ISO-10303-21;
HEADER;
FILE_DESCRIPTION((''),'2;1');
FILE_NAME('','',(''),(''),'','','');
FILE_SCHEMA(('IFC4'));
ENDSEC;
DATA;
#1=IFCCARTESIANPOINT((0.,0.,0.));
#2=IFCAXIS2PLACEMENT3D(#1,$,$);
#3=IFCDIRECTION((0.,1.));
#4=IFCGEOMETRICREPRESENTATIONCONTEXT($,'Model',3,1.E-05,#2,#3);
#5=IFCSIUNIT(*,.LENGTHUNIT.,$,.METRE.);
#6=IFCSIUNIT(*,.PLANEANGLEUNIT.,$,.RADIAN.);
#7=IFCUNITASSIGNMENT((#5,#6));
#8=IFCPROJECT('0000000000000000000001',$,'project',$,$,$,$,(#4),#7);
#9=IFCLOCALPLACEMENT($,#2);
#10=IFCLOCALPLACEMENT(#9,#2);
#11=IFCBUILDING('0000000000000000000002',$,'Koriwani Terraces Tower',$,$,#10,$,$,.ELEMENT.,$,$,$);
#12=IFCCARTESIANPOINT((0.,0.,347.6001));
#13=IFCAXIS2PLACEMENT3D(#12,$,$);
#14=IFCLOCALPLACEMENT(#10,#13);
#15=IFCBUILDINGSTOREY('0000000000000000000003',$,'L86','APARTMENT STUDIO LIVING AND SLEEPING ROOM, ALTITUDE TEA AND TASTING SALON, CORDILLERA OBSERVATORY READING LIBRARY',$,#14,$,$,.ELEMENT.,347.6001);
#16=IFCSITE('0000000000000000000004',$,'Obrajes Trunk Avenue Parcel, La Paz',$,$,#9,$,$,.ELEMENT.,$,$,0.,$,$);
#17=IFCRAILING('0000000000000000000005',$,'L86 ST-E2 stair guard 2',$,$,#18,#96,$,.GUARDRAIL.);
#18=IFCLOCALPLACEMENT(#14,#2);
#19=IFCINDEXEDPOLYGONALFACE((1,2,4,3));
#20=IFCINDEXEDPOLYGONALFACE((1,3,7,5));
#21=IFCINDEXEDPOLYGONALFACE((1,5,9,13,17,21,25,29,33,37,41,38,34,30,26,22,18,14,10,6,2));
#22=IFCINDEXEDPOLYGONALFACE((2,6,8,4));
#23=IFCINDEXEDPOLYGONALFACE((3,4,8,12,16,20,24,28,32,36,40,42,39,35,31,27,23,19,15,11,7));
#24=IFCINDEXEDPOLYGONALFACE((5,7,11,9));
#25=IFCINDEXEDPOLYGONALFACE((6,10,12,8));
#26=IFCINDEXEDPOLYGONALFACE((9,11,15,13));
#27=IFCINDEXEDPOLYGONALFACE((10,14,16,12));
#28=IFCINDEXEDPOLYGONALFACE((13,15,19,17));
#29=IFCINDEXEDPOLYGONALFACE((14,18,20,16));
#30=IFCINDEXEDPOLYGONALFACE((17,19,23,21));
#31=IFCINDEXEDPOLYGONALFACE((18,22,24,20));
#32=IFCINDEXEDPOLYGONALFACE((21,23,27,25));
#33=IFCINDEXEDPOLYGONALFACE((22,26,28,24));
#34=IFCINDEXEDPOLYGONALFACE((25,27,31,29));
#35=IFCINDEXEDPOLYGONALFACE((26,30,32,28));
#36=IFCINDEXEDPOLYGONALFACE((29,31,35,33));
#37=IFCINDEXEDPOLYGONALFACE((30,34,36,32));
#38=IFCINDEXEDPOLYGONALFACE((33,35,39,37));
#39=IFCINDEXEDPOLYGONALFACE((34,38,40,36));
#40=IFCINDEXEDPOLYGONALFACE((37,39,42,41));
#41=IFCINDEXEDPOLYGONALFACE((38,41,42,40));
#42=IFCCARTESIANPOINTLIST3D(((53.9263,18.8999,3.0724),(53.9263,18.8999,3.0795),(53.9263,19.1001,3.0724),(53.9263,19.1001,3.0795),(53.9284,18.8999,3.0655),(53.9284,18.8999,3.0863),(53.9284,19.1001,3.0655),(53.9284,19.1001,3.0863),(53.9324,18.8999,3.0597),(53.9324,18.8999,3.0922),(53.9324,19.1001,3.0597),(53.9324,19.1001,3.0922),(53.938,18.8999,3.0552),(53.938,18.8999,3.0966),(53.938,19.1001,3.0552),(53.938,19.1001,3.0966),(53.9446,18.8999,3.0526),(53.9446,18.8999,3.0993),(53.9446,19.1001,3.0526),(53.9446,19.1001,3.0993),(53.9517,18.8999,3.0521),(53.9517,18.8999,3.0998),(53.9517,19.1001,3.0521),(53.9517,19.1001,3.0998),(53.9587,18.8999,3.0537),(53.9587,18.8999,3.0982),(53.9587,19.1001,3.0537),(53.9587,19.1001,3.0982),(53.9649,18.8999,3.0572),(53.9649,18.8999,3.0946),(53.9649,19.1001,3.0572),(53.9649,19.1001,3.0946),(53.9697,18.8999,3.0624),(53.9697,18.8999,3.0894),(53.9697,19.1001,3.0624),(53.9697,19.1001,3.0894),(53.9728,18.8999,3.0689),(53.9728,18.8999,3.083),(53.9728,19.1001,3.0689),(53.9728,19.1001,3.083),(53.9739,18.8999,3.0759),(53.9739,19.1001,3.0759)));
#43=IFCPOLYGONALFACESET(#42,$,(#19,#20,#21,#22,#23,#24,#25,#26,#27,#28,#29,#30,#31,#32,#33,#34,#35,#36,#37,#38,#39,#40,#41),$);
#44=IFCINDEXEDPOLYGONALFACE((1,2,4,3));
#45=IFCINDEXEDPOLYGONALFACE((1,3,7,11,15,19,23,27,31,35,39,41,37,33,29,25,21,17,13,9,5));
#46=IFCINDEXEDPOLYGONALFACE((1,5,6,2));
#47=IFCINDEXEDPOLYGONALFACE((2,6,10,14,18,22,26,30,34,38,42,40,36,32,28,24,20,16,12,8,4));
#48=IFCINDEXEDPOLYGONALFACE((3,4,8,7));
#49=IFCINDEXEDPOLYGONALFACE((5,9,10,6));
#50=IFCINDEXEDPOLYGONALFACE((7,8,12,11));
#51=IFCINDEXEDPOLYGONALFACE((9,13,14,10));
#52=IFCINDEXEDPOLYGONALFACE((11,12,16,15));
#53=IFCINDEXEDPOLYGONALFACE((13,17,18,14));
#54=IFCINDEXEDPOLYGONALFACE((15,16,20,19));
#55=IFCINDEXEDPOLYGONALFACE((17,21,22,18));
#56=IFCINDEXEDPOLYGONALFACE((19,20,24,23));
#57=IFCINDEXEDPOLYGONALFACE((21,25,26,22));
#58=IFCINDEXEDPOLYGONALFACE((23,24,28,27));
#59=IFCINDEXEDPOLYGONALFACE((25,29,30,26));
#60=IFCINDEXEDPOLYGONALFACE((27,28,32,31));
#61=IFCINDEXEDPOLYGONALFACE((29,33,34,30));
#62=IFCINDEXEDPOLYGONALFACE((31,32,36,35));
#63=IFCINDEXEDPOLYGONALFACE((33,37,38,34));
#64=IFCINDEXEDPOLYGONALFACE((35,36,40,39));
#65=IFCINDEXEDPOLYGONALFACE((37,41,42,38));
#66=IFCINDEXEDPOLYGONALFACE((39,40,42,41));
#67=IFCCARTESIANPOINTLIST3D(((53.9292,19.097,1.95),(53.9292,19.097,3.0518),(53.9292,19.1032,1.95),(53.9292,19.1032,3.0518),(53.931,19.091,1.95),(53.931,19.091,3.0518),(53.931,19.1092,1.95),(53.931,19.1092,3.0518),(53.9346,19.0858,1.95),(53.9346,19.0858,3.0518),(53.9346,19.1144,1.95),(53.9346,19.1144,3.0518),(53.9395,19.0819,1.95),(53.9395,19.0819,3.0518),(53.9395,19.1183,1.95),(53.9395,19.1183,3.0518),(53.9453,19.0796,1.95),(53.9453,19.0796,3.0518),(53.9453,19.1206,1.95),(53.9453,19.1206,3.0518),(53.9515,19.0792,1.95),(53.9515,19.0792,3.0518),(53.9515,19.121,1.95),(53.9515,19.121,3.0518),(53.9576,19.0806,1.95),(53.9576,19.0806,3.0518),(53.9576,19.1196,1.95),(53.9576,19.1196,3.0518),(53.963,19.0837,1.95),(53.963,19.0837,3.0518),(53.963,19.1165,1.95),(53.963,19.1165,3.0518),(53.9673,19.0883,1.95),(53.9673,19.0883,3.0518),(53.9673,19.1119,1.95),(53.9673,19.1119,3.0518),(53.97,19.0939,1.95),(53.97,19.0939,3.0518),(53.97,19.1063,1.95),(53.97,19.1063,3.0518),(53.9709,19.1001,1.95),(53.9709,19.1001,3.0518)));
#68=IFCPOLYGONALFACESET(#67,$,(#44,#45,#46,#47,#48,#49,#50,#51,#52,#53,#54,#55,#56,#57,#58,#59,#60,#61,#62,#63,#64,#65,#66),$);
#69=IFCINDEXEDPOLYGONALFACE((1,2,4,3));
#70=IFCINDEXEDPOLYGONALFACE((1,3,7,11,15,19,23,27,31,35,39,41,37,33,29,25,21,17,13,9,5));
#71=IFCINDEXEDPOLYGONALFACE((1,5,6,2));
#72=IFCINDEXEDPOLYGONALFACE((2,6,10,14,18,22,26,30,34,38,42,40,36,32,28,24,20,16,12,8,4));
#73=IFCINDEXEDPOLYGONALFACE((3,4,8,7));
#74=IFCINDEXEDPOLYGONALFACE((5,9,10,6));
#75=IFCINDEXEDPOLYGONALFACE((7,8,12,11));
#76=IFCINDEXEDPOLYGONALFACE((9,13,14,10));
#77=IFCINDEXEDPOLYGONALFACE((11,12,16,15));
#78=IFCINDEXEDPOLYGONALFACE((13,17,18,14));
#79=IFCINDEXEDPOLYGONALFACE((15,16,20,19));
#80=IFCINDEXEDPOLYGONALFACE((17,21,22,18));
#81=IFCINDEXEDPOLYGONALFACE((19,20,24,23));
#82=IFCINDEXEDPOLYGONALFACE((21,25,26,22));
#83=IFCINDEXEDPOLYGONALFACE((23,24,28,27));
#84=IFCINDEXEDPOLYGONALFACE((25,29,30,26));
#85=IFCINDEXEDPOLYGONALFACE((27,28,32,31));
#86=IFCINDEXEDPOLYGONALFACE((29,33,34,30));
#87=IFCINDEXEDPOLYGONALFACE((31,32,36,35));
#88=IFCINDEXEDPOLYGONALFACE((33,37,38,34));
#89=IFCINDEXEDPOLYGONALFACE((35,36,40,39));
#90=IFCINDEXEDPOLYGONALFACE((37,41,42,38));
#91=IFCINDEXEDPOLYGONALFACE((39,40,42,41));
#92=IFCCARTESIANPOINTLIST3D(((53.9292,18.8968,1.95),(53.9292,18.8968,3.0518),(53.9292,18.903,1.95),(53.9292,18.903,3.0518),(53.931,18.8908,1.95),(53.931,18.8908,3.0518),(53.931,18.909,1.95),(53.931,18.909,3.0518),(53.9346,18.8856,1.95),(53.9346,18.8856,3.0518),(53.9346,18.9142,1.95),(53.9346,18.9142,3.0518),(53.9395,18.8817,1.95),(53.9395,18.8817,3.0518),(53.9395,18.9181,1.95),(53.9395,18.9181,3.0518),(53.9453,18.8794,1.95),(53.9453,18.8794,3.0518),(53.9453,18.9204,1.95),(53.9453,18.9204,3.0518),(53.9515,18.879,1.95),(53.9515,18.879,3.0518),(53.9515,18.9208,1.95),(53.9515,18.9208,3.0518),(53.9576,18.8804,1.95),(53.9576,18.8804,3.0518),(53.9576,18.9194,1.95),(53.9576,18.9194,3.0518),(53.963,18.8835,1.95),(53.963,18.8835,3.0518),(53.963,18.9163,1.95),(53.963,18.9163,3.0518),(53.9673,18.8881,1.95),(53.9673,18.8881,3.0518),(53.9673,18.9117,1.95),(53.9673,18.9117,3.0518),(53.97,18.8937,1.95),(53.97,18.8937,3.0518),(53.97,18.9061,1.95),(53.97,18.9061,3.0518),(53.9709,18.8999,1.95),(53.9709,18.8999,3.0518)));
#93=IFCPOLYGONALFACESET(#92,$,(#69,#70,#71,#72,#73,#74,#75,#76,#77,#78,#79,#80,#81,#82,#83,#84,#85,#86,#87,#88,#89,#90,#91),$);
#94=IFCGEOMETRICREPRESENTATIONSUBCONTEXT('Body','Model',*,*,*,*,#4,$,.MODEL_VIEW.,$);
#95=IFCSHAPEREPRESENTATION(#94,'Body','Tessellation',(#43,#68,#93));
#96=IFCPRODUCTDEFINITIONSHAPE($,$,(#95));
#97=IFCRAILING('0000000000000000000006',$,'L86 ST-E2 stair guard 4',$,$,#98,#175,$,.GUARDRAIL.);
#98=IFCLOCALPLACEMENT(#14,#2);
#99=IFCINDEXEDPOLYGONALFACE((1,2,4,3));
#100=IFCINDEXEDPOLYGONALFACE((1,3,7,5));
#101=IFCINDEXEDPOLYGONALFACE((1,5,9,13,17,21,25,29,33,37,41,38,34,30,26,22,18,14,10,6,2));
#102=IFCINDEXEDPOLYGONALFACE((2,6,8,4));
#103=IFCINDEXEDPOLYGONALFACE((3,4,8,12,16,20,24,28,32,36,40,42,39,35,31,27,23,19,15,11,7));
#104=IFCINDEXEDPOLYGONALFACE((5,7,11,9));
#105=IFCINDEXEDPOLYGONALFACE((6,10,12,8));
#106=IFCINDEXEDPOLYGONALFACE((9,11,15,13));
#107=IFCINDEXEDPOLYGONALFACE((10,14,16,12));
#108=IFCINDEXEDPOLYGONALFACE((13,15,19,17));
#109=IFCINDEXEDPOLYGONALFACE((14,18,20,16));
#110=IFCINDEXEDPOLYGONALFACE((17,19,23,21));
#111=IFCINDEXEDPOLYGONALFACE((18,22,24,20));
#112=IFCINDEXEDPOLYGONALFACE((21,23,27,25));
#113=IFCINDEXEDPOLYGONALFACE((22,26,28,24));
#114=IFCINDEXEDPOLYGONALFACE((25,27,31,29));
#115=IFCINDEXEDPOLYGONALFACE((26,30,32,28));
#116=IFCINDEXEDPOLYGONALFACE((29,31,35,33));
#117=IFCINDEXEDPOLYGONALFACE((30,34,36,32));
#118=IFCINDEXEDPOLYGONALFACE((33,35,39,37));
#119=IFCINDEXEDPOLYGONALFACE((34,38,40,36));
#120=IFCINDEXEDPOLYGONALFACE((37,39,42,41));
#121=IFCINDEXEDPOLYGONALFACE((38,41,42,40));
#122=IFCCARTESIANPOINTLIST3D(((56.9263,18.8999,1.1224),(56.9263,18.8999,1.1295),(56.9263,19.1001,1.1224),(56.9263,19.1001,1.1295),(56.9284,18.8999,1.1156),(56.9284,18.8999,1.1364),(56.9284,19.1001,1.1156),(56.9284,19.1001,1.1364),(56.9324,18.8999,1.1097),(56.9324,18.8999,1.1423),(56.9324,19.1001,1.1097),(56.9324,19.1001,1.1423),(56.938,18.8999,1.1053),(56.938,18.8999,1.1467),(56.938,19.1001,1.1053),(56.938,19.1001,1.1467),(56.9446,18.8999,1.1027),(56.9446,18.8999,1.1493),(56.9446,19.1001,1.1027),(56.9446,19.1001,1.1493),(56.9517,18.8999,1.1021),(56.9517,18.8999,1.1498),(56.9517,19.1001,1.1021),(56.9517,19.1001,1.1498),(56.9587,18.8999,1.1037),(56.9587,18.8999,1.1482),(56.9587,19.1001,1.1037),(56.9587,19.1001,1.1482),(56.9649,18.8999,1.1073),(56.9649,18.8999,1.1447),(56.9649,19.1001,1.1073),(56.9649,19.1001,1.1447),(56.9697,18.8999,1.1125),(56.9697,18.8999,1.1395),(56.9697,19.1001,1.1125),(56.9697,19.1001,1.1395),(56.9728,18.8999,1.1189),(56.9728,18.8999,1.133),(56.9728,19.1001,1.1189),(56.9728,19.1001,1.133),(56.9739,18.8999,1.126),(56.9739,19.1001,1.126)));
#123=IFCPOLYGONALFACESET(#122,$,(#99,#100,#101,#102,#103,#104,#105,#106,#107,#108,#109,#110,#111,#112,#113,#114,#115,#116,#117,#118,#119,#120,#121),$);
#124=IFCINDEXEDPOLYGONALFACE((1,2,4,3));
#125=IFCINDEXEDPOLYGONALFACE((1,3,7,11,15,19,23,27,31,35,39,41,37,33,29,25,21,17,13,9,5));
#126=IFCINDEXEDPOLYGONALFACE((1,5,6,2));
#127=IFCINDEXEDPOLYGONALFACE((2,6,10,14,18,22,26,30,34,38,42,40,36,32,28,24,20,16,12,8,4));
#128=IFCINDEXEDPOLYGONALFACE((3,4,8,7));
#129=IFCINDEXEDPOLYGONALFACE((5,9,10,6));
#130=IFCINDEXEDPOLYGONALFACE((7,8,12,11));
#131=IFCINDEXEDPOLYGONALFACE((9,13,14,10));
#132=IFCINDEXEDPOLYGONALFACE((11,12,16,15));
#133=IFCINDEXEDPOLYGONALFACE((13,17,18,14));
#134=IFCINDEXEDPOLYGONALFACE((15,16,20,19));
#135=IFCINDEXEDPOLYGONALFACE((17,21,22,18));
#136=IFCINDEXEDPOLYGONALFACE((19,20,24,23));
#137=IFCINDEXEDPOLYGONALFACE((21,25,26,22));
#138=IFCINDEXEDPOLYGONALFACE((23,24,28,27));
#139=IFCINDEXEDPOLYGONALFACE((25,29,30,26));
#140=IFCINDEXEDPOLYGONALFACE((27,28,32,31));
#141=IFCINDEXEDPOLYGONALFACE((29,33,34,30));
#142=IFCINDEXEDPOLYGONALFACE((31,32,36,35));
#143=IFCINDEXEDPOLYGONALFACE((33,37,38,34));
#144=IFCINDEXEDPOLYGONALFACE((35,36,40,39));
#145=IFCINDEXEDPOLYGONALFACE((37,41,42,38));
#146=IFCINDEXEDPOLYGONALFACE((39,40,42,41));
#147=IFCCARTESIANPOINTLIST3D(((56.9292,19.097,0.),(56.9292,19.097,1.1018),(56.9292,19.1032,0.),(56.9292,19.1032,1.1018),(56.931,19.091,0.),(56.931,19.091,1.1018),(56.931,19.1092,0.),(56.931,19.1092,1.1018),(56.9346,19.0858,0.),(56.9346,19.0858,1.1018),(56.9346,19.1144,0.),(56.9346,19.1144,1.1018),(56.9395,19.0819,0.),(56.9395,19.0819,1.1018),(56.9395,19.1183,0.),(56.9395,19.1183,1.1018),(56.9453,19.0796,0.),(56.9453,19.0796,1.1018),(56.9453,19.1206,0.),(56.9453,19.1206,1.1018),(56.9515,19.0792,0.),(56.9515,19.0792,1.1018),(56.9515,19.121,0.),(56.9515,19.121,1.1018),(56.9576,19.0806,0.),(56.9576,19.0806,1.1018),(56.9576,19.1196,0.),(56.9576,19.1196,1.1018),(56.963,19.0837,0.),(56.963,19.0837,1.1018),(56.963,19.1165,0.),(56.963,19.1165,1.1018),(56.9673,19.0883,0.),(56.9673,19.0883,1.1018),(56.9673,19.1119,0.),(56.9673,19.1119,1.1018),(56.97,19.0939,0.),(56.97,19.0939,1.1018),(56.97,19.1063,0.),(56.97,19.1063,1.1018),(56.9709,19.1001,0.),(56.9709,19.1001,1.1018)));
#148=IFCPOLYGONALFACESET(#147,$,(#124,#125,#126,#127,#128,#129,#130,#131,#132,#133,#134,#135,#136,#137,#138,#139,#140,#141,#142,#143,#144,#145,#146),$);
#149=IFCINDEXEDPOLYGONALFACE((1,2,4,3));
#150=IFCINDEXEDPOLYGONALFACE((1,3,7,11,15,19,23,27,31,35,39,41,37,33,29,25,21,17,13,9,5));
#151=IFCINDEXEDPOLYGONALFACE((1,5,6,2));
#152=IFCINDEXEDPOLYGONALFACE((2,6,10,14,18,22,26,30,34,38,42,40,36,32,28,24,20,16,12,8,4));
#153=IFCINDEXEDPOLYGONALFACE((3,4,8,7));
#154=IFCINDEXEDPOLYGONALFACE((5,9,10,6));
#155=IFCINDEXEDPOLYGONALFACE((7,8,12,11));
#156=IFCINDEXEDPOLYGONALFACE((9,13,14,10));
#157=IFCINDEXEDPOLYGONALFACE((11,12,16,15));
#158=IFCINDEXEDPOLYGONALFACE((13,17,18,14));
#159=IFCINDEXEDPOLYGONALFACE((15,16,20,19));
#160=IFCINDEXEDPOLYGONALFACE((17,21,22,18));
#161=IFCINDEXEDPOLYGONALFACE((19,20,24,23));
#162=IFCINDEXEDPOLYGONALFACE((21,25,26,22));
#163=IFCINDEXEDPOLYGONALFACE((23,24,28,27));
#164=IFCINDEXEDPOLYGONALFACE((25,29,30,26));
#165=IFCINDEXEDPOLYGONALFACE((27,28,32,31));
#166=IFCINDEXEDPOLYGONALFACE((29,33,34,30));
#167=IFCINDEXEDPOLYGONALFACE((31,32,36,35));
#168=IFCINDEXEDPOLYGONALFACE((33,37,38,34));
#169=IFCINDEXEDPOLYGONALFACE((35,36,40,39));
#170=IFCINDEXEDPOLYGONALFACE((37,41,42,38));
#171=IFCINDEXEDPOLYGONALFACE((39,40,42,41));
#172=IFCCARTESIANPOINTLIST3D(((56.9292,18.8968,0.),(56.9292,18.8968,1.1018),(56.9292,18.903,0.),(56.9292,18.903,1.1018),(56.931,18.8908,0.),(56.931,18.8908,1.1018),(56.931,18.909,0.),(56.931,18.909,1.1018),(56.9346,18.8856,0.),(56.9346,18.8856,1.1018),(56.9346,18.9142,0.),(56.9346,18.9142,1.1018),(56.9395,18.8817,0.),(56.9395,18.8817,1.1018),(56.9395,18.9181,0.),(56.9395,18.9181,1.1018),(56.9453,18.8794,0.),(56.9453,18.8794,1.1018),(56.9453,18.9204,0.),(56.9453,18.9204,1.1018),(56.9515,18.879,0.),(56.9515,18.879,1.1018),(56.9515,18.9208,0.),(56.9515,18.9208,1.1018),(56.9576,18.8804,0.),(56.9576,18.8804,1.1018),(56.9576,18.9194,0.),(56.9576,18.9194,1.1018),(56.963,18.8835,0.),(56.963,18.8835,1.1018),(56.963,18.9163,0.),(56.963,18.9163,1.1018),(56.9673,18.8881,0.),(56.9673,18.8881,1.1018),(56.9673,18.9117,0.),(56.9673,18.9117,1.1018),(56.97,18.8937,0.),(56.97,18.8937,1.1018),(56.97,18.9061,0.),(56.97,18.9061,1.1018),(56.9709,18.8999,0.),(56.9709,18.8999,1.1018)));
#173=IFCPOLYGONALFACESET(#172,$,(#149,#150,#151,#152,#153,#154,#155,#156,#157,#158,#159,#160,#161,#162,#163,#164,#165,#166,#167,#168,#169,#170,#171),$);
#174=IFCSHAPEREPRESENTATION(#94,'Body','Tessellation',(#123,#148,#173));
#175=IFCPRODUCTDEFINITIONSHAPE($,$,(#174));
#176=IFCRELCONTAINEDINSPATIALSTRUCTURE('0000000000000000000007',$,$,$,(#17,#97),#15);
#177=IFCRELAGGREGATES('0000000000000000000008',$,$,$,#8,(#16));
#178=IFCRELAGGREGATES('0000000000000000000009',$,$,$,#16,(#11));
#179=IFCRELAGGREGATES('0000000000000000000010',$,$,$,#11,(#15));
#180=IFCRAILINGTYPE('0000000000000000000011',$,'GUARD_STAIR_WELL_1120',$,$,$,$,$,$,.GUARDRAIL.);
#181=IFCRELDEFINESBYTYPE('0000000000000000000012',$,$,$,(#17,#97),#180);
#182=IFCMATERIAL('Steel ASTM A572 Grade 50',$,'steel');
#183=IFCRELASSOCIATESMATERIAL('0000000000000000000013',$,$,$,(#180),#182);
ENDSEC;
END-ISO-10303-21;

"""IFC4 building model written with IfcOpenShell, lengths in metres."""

from ifc_helpers import new_model, si_unit, direction, frame, origin, origin_2d, place, context, subcontext, project, spatial, circle, extrude, material, type_object, element, save


model = new_model("IFC4")

# Units and contexts
model_context = context("Model", 3, precision=1e-05, world=origin(), true_north=direction((0.0, 1.0)))
body_context = subcontext(model_context, "Body", "Model", "MODEL_VIEW")
ifc_project = project(units=[si_unit("LENGTHUNIT", "METRE"), si_unit("PLANEANGLEUNIT", "RADIAN")], contexts=[model_context])

# Site, building, storey
site_placement = place(None, origin())
site = spatial("IfcSite", under=ifc_project, at=site_placement, Name="Obrajes Trunk Avenue Parcel, La Paz", CompositionType="ELEMENT", RefElevation=0.0)
building_placement = place(site_placement, origin())
building = spatial("IfcBuilding", under=site, at=building_placement, Name="Koriwani Terraces Tower", CompositionType="ELEMENT")
storey_placement = place(building_placement, frame((0.0, 0.0, 347.6001)))
storey = spatial("IfcBuildingStorey", under=building, at=storey_placement, Name="L86", Description="APARTMENT STUDIO LIVING AND SLEEPING ROOM, ALTITUDE TEA AND TASTING SALON, CORDILLERA OBSERVATORY READING LIBRARY", CompositionType="ELEMENT", Elevation=347.6001)

# Shared definitions
ifc_material_1 = material(Name="Steel ASTM A572 Grade 50", Category="steel")

# Railings
railing_type_1 = type_object("IfcRailingType", Name="GUARD_STAIR_WELL_1120", PredefinedType="GUARDRAIL", material=ifc_material_1)
for number, where, name in (
    (1, (53.95, 19.1001, 1.95), "L86 ST-E2 stair guard 2"),
    (2, (56.95, 19.1001, 0.0), "L86 ST-E2 stair guard 4"),
):
    element("IfcRailing", number, at=place(storey_placement, frame(where)), inside=storey, type_object=railing_type_1, Name=name, PredefinedType="GUARDRAIL", context=body_context, shape_type="SweptSolid", body=[
        extrude(circle(Radius=0.0239, at=origin_2d()), frame((0.0, 0.0, 1.126), z_axis=(0.0, -1.0, 0.0), x_axis=(1.0, 0.0, 0.0)), (0.0, 0.0, 1.0), 0.2002),
        extrude(circle(Radius=0.021, at=origin_2d()), origin(), (0.0, 0.0, 1.0), 1.1018),
        extrude(circle(Radius=0.021, at=origin_2d()), frame((0.0, -0.2002, 0.0)), (0.0, 0.0, 1.0), 1.1018),
    ])

save(model, "model.ifc")
